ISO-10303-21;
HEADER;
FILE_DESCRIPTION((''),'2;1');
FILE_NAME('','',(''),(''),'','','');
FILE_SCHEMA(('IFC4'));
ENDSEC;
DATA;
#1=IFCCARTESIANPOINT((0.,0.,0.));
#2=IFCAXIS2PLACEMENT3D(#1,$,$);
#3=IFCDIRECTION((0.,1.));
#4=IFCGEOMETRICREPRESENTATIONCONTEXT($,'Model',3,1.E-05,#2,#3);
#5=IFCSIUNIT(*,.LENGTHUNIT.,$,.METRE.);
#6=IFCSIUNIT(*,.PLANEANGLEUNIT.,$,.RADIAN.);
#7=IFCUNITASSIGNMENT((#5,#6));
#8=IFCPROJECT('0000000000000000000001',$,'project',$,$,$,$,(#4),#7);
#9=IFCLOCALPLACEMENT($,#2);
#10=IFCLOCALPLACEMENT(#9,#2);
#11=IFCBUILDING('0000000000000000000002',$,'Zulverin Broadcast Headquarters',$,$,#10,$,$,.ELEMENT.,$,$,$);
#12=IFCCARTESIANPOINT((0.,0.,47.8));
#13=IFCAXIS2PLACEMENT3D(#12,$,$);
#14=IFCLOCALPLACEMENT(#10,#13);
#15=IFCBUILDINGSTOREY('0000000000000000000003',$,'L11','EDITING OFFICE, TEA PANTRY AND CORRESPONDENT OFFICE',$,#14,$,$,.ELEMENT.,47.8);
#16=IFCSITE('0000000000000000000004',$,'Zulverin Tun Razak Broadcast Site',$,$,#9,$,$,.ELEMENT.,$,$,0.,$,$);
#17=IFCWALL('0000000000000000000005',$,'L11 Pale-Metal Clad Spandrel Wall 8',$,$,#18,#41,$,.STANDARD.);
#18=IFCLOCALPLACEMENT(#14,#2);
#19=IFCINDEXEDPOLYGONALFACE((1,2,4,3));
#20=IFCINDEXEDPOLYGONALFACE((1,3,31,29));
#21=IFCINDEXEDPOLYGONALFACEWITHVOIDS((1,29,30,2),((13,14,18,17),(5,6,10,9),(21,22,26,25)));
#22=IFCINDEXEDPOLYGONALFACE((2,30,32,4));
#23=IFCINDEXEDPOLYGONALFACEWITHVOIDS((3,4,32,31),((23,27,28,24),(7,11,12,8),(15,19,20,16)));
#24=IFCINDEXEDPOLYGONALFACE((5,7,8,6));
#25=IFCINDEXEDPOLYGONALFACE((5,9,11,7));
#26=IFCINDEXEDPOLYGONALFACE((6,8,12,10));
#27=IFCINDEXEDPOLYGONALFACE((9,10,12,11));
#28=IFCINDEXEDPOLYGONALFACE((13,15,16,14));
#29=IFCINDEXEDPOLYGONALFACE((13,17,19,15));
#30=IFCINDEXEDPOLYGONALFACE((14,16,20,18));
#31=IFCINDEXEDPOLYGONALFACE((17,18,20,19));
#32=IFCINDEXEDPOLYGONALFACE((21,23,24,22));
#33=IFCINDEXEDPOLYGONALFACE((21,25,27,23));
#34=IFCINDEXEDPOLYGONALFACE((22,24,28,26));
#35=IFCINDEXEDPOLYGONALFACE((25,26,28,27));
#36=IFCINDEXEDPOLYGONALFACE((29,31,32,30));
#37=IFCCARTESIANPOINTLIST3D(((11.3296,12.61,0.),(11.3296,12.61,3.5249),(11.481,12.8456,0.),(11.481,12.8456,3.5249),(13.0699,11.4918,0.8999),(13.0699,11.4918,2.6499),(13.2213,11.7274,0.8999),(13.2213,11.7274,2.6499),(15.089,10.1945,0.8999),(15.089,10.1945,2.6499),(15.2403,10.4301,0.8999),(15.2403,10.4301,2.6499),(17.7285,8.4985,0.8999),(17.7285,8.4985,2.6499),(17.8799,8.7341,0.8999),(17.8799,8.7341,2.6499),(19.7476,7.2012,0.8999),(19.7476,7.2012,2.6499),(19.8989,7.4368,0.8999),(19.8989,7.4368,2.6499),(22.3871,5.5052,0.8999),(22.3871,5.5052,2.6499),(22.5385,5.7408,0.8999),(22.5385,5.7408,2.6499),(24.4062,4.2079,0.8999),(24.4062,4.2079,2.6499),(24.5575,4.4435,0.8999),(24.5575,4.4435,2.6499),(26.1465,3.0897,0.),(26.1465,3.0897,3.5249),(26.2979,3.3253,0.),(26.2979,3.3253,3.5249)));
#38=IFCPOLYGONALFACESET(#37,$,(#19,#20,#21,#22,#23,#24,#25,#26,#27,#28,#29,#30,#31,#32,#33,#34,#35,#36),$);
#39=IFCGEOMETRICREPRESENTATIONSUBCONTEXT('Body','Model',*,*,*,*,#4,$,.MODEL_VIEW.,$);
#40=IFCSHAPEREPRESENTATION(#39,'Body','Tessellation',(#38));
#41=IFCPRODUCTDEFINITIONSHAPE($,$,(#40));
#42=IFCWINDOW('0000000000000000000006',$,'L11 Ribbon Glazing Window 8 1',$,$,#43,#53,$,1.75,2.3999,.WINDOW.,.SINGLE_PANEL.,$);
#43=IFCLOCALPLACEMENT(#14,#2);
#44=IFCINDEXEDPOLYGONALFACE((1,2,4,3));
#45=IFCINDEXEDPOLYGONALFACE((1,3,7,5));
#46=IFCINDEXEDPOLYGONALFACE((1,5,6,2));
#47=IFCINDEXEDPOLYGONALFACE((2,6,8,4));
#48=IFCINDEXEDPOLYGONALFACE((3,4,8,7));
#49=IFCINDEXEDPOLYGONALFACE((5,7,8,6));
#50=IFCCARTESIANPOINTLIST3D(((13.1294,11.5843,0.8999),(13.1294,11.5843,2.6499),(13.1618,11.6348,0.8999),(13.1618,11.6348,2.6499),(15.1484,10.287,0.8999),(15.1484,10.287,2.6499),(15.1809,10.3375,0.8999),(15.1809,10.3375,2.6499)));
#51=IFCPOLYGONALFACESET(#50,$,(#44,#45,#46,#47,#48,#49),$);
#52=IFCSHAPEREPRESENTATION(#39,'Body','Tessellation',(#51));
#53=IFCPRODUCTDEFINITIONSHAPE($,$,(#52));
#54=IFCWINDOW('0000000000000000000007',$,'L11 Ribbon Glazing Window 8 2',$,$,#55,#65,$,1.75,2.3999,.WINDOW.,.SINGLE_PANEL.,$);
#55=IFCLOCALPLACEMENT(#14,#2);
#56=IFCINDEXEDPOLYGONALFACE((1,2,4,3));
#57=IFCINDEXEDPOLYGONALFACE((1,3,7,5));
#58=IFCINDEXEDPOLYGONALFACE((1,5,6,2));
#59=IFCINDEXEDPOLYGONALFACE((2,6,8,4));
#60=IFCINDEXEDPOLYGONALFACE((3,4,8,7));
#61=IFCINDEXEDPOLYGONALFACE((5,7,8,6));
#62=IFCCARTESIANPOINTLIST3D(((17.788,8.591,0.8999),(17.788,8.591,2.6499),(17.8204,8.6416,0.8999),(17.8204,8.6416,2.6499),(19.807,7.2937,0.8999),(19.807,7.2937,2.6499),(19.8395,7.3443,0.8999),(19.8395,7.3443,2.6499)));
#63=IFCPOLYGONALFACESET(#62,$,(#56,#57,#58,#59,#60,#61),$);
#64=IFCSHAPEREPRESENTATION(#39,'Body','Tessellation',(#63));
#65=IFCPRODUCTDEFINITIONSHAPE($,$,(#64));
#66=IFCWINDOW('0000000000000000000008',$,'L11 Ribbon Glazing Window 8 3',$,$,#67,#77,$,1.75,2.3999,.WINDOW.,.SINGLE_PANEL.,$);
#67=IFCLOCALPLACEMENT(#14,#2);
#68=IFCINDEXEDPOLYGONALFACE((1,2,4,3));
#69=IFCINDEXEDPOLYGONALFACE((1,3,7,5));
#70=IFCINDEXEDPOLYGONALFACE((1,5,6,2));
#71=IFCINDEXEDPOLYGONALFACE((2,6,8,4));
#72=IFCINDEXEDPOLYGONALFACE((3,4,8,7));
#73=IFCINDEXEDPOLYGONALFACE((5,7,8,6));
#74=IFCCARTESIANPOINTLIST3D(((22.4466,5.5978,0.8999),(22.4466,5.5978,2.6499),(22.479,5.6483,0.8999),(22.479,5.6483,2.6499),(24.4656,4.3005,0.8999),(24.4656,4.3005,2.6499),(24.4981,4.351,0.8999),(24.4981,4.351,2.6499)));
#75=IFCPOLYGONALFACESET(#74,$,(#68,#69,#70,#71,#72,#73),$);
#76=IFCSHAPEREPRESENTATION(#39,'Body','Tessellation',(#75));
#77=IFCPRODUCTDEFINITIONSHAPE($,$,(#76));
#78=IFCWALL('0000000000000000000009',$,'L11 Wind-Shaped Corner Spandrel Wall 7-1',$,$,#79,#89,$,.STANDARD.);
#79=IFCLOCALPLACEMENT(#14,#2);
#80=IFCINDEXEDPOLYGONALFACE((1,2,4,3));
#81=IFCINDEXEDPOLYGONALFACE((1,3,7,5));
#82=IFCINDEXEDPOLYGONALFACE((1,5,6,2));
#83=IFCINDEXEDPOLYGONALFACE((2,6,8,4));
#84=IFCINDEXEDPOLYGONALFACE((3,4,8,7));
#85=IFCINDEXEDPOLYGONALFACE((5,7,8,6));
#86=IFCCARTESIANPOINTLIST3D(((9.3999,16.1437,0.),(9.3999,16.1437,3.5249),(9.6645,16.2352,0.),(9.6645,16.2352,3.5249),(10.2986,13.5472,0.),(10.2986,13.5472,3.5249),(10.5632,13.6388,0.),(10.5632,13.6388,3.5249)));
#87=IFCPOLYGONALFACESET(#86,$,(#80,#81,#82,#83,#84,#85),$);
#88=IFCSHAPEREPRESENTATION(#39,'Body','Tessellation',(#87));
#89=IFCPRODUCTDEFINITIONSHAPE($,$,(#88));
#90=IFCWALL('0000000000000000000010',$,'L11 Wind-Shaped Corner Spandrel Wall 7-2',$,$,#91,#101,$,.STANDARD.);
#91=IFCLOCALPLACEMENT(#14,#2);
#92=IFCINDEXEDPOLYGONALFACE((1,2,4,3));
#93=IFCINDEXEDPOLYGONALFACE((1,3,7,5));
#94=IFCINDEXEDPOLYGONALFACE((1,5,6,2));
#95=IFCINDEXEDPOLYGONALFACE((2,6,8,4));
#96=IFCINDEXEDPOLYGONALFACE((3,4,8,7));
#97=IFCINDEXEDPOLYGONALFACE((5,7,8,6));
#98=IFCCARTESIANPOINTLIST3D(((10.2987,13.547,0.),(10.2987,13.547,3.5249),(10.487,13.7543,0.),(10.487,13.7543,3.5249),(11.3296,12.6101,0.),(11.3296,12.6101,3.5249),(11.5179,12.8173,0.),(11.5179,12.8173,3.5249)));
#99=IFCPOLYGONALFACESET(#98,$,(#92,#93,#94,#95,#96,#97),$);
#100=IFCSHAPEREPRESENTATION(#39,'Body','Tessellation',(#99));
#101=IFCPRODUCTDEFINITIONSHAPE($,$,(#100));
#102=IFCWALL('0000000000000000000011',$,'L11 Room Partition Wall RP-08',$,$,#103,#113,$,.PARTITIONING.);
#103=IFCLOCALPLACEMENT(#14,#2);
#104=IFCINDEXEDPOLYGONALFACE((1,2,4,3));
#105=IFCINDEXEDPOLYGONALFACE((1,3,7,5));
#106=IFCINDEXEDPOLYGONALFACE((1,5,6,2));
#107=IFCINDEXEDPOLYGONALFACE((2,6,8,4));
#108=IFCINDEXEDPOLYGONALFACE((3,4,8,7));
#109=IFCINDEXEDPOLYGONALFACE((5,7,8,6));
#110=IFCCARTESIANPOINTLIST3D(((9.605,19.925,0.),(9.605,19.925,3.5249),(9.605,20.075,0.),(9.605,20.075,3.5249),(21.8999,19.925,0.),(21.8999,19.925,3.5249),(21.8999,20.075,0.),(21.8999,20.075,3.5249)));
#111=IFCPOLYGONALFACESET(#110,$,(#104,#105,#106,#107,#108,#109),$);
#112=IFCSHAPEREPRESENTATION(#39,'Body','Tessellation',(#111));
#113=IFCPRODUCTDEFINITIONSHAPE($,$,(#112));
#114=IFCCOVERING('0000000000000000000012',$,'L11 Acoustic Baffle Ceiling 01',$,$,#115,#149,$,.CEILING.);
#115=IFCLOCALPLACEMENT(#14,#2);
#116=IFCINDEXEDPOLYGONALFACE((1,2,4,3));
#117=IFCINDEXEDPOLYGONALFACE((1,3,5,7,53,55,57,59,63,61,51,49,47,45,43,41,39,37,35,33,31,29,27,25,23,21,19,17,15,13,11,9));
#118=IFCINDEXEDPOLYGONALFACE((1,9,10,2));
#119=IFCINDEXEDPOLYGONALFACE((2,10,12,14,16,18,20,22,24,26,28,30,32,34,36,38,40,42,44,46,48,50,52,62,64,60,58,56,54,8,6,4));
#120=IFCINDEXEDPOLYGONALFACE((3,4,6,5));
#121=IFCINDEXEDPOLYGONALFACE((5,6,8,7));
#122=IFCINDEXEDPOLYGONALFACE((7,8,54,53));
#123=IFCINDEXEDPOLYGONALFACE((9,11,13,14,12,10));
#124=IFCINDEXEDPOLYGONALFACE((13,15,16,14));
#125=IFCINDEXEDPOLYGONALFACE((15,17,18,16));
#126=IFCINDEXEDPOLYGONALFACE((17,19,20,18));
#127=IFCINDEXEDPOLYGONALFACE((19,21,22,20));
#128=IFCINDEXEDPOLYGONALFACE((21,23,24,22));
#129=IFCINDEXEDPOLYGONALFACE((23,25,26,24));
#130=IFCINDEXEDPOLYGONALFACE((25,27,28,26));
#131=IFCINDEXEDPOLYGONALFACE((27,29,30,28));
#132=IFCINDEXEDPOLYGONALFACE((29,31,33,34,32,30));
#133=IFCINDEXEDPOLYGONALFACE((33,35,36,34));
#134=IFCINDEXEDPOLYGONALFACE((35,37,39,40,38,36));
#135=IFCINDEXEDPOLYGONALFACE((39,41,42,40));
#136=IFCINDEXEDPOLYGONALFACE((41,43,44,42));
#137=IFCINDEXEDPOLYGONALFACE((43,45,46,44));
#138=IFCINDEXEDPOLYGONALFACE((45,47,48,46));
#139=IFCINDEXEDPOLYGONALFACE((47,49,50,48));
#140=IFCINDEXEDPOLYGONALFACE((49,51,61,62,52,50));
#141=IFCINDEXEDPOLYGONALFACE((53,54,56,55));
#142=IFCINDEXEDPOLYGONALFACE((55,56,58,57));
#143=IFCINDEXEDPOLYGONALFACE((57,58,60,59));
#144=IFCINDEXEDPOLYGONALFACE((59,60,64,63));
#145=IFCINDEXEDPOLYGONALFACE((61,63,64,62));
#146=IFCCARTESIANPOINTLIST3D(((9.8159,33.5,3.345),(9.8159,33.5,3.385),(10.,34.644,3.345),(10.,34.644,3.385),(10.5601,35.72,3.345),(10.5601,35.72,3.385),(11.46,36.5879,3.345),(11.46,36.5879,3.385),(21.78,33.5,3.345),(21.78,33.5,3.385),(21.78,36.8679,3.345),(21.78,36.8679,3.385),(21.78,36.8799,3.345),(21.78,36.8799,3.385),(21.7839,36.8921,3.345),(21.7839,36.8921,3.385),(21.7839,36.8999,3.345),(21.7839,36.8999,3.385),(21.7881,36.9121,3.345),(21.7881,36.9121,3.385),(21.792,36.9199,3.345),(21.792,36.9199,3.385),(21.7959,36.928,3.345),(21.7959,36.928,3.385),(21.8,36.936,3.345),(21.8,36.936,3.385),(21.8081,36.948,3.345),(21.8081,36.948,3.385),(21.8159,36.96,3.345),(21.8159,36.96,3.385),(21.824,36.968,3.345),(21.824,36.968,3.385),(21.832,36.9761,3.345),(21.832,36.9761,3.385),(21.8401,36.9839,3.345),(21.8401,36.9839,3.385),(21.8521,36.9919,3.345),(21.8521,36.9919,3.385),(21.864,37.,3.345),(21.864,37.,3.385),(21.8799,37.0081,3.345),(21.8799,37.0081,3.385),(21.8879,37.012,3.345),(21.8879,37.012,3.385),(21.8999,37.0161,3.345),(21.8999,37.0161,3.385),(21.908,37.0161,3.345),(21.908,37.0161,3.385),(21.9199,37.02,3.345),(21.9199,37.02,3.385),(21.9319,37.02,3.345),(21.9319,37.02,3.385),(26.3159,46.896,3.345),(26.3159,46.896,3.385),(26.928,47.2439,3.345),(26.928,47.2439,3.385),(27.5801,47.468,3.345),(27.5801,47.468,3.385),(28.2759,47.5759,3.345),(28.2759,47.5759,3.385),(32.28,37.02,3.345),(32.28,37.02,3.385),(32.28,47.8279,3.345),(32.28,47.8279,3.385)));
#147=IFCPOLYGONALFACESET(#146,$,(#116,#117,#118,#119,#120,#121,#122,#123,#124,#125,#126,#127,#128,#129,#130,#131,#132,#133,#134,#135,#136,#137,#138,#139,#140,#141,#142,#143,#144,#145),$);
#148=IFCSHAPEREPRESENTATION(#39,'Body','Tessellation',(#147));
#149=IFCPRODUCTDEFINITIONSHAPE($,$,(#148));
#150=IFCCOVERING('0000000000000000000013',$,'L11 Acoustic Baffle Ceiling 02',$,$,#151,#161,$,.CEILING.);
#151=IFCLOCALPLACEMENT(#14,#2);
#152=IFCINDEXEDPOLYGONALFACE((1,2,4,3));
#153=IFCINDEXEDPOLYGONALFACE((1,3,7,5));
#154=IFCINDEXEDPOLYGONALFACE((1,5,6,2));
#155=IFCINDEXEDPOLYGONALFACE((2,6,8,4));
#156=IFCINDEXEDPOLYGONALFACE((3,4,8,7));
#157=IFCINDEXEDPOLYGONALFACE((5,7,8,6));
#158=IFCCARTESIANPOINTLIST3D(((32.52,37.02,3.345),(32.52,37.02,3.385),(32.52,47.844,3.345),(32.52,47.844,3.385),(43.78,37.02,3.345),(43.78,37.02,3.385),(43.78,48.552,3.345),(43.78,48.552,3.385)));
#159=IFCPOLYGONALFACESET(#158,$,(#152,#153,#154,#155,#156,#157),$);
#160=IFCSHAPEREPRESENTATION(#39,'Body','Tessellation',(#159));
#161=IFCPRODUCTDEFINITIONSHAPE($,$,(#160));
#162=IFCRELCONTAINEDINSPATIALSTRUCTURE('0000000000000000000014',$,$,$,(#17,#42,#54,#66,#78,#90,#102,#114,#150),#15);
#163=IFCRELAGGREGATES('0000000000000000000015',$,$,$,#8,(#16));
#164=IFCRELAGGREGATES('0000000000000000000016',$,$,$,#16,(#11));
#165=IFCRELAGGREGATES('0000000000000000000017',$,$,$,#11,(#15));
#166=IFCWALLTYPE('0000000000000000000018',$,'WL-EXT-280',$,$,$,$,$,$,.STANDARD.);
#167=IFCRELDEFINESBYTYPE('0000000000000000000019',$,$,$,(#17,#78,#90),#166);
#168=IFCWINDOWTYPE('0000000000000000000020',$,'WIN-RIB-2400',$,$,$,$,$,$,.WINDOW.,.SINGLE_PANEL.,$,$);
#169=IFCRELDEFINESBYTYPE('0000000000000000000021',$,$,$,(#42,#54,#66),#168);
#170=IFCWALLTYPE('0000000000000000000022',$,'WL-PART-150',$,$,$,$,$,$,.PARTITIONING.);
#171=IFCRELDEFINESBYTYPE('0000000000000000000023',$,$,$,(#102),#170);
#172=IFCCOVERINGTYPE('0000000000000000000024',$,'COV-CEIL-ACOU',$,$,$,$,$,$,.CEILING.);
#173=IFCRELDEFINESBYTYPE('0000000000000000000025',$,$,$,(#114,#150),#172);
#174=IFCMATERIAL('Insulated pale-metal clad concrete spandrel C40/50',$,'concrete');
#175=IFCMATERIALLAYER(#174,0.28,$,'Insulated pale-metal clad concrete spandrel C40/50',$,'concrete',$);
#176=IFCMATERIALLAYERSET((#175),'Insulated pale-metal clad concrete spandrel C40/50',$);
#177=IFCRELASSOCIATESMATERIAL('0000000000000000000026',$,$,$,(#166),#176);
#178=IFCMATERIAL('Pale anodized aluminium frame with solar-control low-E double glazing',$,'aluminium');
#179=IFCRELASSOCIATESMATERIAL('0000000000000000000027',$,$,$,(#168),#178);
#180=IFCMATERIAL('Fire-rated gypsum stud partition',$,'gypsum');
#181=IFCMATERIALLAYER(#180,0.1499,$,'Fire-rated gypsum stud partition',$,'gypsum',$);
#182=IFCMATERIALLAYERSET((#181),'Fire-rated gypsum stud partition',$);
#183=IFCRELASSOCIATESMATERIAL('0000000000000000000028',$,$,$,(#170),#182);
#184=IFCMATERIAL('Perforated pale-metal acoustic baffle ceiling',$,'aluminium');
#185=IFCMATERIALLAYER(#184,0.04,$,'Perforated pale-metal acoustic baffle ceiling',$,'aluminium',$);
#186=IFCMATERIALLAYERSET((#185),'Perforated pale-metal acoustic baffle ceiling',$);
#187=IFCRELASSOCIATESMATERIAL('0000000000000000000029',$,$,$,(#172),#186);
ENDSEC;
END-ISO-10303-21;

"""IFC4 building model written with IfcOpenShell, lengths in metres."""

from ifc_helpers import new_model, si_unit, direction, frame, frame_2d, origin, place, context, subcontext, project, spatial, polyline, rectangle, outline, extrude, material, layer, layer_set, type_object, element, fill, save


model = new_model("IFC4")

# Units and contexts
model_context = context("Model", 3, precision=1e-05, world=origin(), true_north=direction((0.0, 1.0)))
body_context = subcontext(model_context, "Body", "Model", "MODEL_VIEW")
ifc_project = project(units=[si_unit("LENGTHUNIT", "METRE"), si_unit("PLANEANGLEUNIT", "RADIAN")], contexts=[model_context])

# Site, building, storey
site_placement = place(None, origin())
site = spatial("IfcSite", under=ifc_project, at=site_placement, Name="Zulverin Tun Razak Broadcast Site", CompositionType="ELEMENT", RefElevation=0.0)
building_placement = place(site_placement, origin())
building = spatial("IfcBuilding", under=site, at=building_placement, Name="Zulverin Broadcast Headquarters", CompositionType="ELEMENT")
storey_placement = place(building_placement, frame((0.0, 0.0, 47.8)))
storey = spatial("IfcBuildingStorey", under=building, at=storey_placement, Name="L11", Description="EDITING OFFICE, TEA PANTRY AND CORRESPONDENT OFFICE", CompositionType="ELEMENT", Elevation=47.8)

# Wall, openings, windows
ifc_material_1 = material(Name="Insulated pale-metal clad concrete spandrel C40/50", Category="concrete")
ifc_layer_1 = layer(ifc_material_1, 0.28, Name="Insulated pale-metal clad concrete spandrel C40/50", Category="concrete")
ifc_layer_set_1 = layer_set([ifc_layer_1], Name="Insulated pale-metal clad concrete spandrel C40/50")
wall_type_1 = type_object("IfcWallType", Name="WL-EXT-280", PredefinedType="STANDARD", material=ifc_layer_set_1)
wall_1_placement = place(storey_placement, frame((11.4053, 12.7278, 0.0), z_axis=(0.0, 0.0, 1.0), x_axis=(0.841305, -0.540561, 0.0)))
wall_1 = element("IfcWall", 1, at=wall_1_placement, inside=storey, type_object=wall_type_1, Name="L11 Pale-Metal Clad Spandrel Wall 8", PredefinedType="STANDARD", context=body_context, shape_type="SweptSolid", body=[
    extrude(rectangle(XDim=17.6118, YDim=0.28, at=frame_2d((8.8059, 0.0))), origin(), (0.0, 0.0, 1.0), 3.5249),
])
opening_1_placement = place(wall_1_placement, frame((2.0686, 0.0, 0.8999)))
opening_1 = element("IfcOpeningElement", 2, at=opening_1_placement, cuts=wall_1, PredefinedType="OPENING", context=body_context, shape_type="SweptSolid", body=[
    extrude(rectangle(XDim=2.3999, YDim=1.75, at=frame_2d((1.2, 0.875))), frame((0.0, 0.1499, 0.0), z_axis=(0.0, -1.0, 0.0), x_axis=(1.0, 0.0, 0.0)), (0.0, 0.0, 1.0), 0.3),
])
opening_2_placement = place(wall_1_placement, frame((7.606, 0.0, 0.8999)))
opening_2 = element("IfcOpeningElement", 3, at=opening_2_placement, cuts=wall_1, PredefinedType="OPENING", context=body_context, shape_type="SweptSolid", body=[
    extrude(rectangle(XDim=2.3999, YDim=1.75, at=frame_2d((1.2, 0.875))), frame((0.0, 0.1499, 0.0), z_axis=(0.0, -1.0, 0.0), x_axis=(1.0, 0.0, 0.0)), (0.0, 0.0, 1.0), 0.3),
])
opening_3_placement = place(wall_1_placement, frame((13.1433, 0.0, 0.8999)))
opening_3 = element("IfcOpeningElement", 4, at=opening_3_placement, cuts=wall_1, PredefinedType="OPENING", context=body_context, shape_type="SweptSolid", body=[
    extrude(rectangle(XDim=2.3999, YDim=1.75, at=frame_2d((1.2, 0.875))), frame((0.0, 0.1499, 0.0), z_axis=(0.0, -1.0, 0.0), x_axis=(1.0, 0.0, 0.0)), (0.0, 0.0, 1.0), 0.3),
])
ifc_material_2 = material(Name="Pale anodized aluminium frame with solar-control low-E double glazing", Category="aluminium")
window_type = type_object("IfcWindowType", Name="WIN-RIB-2400", PartitioningType="SINGLE_PANEL", PredefinedType="WINDOW", material=ifc_material_2)
window_1_placement = place(opening_1_placement, origin())
window_1 = element("IfcWindow", 5, at=window_1_placement, inside=storey, type_object=window_type, Name="L11 Ribbon Glazing Window 8 1", OverallHeight=1.75, OverallWidth=2.3999, PartitioningType="SINGLE_PANEL", PredefinedType="WINDOW", context=body_context, shape_type="SweptSolid", body=[
    extrude(rectangle(XDim=2.3999, YDim=1.75, at=frame_2d((1.2, 0.875))), frame((0.0, 0.03, 0.0), z_axis=(0.0, -1.0, 0.0), x_axis=(1.0, 0.0, 0.0)), (0.0, 0.0, 1.0), 0.0601),
])
fill(opening_1, window_1)
window_2_placement = place(opening_2_placement, origin())
window_2 = element("IfcWindow", 6, at=window_2_placement, inside=storey, type_object=window_type, Name="L11 Ribbon Glazing Window 8 2", OverallHeight=1.75, OverallWidth=2.3999, PartitioningType="SINGLE_PANEL", PredefinedType="WINDOW", context=body_context, shape_type="SweptSolid", body=[
    extrude(rectangle(XDim=2.3999, YDim=1.75, at=frame_2d((1.2, 0.875))), frame((0.0, 0.03, 0.0), z_axis=(0.0, -1.0, 0.0), x_axis=(1.0, 0.0, 0.0)), (0.0, 0.0, 1.0), 0.0601),
])
fill(opening_2, window_2)
window_3_placement = place(opening_3_placement, origin())
window_3 = element("IfcWindow", 7, at=window_3_placement, inside=storey, type_object=window_type, Name="L11 Ribbon Glazing Window 8 3", OverallHeight=1.75, OverallWidth=2.3999, PartitioningType="SINGLE_PANEL", PredefinedType="WINDOW", context=body_context, shape_type="SweptSolid", body=[
    extrude(rectangle(XDim=2.3999, YDim=1.75, at=frame_2d((1.2, 0.875))), frame((0.0, 0.03, 0.0), z_axis=(0.0, -1.0, 0.0), x_axis=(1.0, 0.0, 0.0)), (0.0, 0.0, 1.0), 0.0601),
])
fill(opening_3, window_3)

# Walls
wall_2_placement = place(storey_placement, frame((9.5322, 16.1895, 0.0), z_axis=(0.0, 0.0, 1.0), x_axis=(0.327083, -0.944996, 0.0)))
element("IfcWall", 8, at=wall_2_placement, inside=storey, type_object=wall_type_1, Name="L11 Wind-Shaped Corner Spandrel Wall 7-1", PredefinedType="STANDARD", context=body_context, shape_type="SweptSolid", body=[
    extrude(rectangle(XDim=2.7476, YDim=0.28, at=frame_2d((1.3738, 0.0))), origin(), (0.0, 0.0, 1.0), 3.5249),
])
wall_3_placement = place(storey_placement, frame((10.3928, 13.6506, 0.0), z_axis=(0.0, 0.0, 1.0), x_axis=(0.740035, -0.672568, 0.0)))
element("IfcWall", 9, at=wall_3_placement, inside=storey, type_object=wall_type_1, Name="L11 Wind-Shaped Corner Spandrel Wall 7-2", PredefinedType="STANDARD", context=body_context, shape_type="SweptSolid", body=[
    extrude(rectangle(XDim=1.3931, YDim=0.28, at=frame_2d((0.6965, 0.0))), origin(), (0.0, 0.0, 1.0), 3.5249),
])
ifc_material_3 = material(Name="Fire-rated gypsum stud partition", Category="gypsum")
ifc_layer_2 = layer(ifc_material_3, 0.1499, Name="Fire-rated gypsum stud partition", Category="gypsum")
ifc_layer_set_2 = layer_set([ifc_layer_2], Name="Fire-rated gypsum stud partition")
wall_type_2 = type_object("IfcWallType", Name="WL-PART-150", PredefinedType="PARTITIONING", material=ifc_layer_set_2)
wall_4_placement = place(storey_placement, frame((9.605, 20.0, 0.0), z_axis=(0.0, 0.0, 1.0), x_axis=(1.0, 0.0, 0.0)))
element("IfcWall", 10, at=wall_4_placement, inside=storey, type_object=wall_type_2, Name="L11 Room Partition Wall RP-08", PredefinedType="PARTITIONING", context=body_context, shape_type="SweptSolid", body=[
    extrude(rectangle(XDim=12.2949, YDim=0.1499, at=frame_2d((6.1475, 0.0))), origin(), (0.0, 0.0, 1.0), 3.5249),
])

# Coverings
ifc_material_4 = material(Name="Perforated pale-metal acoustic baffle ceiling", Category="aluminium")
ifc_layer_3 = layer(ifc_material_4, 0.04, Name="Perforated pale-metal acoustic baffle ceiling", Category="aluminium")
ifc_layer_set_3 = layer_set([ifc_layer_3], Name="Perforated pale-metal acoustic baffle ceiling")
covering_type_1 = type_object("IfcCoveringType", Name="COV-CEIL-ACOU", PredefinedType="CEILING", material=ifc_layer_set_3)
covering_1_placement = place(storey_placement, frame((0.0, 0.0, 3.345)))
element("IfcCovering", 11, at=covering_1_placement, inside=storey, type_object=covering_type_1, Name="L11 Acoustic Baffle Ceiling 01", PredefinedType="CEILING", context=body_context, shape_type="SweptSolid", body=[
    extrude(outline(polyline([(11.46, 36.5879), (10.5601, 35.72), (10.0, 34.644), (9.8159, 33.5), (21.78, 33.5), (21.78, 36.8679), (21.78, 36.8799), (21.7839, 36.8921), (21.7839, 36.8999), (21.7881, 36.9121), (21.792, 36.9199), (21.7959, 36.928), (21.8, 36.936), (21.8081, 36.948), (21.8159, 36.96), (21.824, 36.968), (21.832, 36.9761), (21.8401, 36.9839), (21.8521, 36.9919), (21.864, 37.0), (21.8799, 37.0081), (21.8879, 37.012), (21.8999, 37.0161), (21.908, 37.0161), (21.9199, 37.02), (21.9319, 37.02), (32.28, 37.02), (32.28, 47.8279), (28.2759, 47.5759), (27.5801, 47.468), (26.928, 47.2439), (26.3159, 46.896), (11.46, 36.5879)])), origin(), (0.0, 0.0, 1.0), 0.04),
])
covering_2_placement = place(storey_placement, frame((0.0, 0.0, 3.345)))
element("IfcCovering", 12, at=covering_2_placement, inside=storey, type_object=covering_type_1, Name="L11 Acoustic Baffle Ceiling 02", PredefinedType="CEILING", context=body_context, shape_type="SweptSolid", body=[
    extrude(outline(polyline([(43.78, 37.02), (43.78, 48.552), (32.52, 47.844), (32.52, 37.02), (43.78, 37.02)])), origin(), (0.0, 0.0, 1.0), 0.04),
])

save(model, "model.ifc")
